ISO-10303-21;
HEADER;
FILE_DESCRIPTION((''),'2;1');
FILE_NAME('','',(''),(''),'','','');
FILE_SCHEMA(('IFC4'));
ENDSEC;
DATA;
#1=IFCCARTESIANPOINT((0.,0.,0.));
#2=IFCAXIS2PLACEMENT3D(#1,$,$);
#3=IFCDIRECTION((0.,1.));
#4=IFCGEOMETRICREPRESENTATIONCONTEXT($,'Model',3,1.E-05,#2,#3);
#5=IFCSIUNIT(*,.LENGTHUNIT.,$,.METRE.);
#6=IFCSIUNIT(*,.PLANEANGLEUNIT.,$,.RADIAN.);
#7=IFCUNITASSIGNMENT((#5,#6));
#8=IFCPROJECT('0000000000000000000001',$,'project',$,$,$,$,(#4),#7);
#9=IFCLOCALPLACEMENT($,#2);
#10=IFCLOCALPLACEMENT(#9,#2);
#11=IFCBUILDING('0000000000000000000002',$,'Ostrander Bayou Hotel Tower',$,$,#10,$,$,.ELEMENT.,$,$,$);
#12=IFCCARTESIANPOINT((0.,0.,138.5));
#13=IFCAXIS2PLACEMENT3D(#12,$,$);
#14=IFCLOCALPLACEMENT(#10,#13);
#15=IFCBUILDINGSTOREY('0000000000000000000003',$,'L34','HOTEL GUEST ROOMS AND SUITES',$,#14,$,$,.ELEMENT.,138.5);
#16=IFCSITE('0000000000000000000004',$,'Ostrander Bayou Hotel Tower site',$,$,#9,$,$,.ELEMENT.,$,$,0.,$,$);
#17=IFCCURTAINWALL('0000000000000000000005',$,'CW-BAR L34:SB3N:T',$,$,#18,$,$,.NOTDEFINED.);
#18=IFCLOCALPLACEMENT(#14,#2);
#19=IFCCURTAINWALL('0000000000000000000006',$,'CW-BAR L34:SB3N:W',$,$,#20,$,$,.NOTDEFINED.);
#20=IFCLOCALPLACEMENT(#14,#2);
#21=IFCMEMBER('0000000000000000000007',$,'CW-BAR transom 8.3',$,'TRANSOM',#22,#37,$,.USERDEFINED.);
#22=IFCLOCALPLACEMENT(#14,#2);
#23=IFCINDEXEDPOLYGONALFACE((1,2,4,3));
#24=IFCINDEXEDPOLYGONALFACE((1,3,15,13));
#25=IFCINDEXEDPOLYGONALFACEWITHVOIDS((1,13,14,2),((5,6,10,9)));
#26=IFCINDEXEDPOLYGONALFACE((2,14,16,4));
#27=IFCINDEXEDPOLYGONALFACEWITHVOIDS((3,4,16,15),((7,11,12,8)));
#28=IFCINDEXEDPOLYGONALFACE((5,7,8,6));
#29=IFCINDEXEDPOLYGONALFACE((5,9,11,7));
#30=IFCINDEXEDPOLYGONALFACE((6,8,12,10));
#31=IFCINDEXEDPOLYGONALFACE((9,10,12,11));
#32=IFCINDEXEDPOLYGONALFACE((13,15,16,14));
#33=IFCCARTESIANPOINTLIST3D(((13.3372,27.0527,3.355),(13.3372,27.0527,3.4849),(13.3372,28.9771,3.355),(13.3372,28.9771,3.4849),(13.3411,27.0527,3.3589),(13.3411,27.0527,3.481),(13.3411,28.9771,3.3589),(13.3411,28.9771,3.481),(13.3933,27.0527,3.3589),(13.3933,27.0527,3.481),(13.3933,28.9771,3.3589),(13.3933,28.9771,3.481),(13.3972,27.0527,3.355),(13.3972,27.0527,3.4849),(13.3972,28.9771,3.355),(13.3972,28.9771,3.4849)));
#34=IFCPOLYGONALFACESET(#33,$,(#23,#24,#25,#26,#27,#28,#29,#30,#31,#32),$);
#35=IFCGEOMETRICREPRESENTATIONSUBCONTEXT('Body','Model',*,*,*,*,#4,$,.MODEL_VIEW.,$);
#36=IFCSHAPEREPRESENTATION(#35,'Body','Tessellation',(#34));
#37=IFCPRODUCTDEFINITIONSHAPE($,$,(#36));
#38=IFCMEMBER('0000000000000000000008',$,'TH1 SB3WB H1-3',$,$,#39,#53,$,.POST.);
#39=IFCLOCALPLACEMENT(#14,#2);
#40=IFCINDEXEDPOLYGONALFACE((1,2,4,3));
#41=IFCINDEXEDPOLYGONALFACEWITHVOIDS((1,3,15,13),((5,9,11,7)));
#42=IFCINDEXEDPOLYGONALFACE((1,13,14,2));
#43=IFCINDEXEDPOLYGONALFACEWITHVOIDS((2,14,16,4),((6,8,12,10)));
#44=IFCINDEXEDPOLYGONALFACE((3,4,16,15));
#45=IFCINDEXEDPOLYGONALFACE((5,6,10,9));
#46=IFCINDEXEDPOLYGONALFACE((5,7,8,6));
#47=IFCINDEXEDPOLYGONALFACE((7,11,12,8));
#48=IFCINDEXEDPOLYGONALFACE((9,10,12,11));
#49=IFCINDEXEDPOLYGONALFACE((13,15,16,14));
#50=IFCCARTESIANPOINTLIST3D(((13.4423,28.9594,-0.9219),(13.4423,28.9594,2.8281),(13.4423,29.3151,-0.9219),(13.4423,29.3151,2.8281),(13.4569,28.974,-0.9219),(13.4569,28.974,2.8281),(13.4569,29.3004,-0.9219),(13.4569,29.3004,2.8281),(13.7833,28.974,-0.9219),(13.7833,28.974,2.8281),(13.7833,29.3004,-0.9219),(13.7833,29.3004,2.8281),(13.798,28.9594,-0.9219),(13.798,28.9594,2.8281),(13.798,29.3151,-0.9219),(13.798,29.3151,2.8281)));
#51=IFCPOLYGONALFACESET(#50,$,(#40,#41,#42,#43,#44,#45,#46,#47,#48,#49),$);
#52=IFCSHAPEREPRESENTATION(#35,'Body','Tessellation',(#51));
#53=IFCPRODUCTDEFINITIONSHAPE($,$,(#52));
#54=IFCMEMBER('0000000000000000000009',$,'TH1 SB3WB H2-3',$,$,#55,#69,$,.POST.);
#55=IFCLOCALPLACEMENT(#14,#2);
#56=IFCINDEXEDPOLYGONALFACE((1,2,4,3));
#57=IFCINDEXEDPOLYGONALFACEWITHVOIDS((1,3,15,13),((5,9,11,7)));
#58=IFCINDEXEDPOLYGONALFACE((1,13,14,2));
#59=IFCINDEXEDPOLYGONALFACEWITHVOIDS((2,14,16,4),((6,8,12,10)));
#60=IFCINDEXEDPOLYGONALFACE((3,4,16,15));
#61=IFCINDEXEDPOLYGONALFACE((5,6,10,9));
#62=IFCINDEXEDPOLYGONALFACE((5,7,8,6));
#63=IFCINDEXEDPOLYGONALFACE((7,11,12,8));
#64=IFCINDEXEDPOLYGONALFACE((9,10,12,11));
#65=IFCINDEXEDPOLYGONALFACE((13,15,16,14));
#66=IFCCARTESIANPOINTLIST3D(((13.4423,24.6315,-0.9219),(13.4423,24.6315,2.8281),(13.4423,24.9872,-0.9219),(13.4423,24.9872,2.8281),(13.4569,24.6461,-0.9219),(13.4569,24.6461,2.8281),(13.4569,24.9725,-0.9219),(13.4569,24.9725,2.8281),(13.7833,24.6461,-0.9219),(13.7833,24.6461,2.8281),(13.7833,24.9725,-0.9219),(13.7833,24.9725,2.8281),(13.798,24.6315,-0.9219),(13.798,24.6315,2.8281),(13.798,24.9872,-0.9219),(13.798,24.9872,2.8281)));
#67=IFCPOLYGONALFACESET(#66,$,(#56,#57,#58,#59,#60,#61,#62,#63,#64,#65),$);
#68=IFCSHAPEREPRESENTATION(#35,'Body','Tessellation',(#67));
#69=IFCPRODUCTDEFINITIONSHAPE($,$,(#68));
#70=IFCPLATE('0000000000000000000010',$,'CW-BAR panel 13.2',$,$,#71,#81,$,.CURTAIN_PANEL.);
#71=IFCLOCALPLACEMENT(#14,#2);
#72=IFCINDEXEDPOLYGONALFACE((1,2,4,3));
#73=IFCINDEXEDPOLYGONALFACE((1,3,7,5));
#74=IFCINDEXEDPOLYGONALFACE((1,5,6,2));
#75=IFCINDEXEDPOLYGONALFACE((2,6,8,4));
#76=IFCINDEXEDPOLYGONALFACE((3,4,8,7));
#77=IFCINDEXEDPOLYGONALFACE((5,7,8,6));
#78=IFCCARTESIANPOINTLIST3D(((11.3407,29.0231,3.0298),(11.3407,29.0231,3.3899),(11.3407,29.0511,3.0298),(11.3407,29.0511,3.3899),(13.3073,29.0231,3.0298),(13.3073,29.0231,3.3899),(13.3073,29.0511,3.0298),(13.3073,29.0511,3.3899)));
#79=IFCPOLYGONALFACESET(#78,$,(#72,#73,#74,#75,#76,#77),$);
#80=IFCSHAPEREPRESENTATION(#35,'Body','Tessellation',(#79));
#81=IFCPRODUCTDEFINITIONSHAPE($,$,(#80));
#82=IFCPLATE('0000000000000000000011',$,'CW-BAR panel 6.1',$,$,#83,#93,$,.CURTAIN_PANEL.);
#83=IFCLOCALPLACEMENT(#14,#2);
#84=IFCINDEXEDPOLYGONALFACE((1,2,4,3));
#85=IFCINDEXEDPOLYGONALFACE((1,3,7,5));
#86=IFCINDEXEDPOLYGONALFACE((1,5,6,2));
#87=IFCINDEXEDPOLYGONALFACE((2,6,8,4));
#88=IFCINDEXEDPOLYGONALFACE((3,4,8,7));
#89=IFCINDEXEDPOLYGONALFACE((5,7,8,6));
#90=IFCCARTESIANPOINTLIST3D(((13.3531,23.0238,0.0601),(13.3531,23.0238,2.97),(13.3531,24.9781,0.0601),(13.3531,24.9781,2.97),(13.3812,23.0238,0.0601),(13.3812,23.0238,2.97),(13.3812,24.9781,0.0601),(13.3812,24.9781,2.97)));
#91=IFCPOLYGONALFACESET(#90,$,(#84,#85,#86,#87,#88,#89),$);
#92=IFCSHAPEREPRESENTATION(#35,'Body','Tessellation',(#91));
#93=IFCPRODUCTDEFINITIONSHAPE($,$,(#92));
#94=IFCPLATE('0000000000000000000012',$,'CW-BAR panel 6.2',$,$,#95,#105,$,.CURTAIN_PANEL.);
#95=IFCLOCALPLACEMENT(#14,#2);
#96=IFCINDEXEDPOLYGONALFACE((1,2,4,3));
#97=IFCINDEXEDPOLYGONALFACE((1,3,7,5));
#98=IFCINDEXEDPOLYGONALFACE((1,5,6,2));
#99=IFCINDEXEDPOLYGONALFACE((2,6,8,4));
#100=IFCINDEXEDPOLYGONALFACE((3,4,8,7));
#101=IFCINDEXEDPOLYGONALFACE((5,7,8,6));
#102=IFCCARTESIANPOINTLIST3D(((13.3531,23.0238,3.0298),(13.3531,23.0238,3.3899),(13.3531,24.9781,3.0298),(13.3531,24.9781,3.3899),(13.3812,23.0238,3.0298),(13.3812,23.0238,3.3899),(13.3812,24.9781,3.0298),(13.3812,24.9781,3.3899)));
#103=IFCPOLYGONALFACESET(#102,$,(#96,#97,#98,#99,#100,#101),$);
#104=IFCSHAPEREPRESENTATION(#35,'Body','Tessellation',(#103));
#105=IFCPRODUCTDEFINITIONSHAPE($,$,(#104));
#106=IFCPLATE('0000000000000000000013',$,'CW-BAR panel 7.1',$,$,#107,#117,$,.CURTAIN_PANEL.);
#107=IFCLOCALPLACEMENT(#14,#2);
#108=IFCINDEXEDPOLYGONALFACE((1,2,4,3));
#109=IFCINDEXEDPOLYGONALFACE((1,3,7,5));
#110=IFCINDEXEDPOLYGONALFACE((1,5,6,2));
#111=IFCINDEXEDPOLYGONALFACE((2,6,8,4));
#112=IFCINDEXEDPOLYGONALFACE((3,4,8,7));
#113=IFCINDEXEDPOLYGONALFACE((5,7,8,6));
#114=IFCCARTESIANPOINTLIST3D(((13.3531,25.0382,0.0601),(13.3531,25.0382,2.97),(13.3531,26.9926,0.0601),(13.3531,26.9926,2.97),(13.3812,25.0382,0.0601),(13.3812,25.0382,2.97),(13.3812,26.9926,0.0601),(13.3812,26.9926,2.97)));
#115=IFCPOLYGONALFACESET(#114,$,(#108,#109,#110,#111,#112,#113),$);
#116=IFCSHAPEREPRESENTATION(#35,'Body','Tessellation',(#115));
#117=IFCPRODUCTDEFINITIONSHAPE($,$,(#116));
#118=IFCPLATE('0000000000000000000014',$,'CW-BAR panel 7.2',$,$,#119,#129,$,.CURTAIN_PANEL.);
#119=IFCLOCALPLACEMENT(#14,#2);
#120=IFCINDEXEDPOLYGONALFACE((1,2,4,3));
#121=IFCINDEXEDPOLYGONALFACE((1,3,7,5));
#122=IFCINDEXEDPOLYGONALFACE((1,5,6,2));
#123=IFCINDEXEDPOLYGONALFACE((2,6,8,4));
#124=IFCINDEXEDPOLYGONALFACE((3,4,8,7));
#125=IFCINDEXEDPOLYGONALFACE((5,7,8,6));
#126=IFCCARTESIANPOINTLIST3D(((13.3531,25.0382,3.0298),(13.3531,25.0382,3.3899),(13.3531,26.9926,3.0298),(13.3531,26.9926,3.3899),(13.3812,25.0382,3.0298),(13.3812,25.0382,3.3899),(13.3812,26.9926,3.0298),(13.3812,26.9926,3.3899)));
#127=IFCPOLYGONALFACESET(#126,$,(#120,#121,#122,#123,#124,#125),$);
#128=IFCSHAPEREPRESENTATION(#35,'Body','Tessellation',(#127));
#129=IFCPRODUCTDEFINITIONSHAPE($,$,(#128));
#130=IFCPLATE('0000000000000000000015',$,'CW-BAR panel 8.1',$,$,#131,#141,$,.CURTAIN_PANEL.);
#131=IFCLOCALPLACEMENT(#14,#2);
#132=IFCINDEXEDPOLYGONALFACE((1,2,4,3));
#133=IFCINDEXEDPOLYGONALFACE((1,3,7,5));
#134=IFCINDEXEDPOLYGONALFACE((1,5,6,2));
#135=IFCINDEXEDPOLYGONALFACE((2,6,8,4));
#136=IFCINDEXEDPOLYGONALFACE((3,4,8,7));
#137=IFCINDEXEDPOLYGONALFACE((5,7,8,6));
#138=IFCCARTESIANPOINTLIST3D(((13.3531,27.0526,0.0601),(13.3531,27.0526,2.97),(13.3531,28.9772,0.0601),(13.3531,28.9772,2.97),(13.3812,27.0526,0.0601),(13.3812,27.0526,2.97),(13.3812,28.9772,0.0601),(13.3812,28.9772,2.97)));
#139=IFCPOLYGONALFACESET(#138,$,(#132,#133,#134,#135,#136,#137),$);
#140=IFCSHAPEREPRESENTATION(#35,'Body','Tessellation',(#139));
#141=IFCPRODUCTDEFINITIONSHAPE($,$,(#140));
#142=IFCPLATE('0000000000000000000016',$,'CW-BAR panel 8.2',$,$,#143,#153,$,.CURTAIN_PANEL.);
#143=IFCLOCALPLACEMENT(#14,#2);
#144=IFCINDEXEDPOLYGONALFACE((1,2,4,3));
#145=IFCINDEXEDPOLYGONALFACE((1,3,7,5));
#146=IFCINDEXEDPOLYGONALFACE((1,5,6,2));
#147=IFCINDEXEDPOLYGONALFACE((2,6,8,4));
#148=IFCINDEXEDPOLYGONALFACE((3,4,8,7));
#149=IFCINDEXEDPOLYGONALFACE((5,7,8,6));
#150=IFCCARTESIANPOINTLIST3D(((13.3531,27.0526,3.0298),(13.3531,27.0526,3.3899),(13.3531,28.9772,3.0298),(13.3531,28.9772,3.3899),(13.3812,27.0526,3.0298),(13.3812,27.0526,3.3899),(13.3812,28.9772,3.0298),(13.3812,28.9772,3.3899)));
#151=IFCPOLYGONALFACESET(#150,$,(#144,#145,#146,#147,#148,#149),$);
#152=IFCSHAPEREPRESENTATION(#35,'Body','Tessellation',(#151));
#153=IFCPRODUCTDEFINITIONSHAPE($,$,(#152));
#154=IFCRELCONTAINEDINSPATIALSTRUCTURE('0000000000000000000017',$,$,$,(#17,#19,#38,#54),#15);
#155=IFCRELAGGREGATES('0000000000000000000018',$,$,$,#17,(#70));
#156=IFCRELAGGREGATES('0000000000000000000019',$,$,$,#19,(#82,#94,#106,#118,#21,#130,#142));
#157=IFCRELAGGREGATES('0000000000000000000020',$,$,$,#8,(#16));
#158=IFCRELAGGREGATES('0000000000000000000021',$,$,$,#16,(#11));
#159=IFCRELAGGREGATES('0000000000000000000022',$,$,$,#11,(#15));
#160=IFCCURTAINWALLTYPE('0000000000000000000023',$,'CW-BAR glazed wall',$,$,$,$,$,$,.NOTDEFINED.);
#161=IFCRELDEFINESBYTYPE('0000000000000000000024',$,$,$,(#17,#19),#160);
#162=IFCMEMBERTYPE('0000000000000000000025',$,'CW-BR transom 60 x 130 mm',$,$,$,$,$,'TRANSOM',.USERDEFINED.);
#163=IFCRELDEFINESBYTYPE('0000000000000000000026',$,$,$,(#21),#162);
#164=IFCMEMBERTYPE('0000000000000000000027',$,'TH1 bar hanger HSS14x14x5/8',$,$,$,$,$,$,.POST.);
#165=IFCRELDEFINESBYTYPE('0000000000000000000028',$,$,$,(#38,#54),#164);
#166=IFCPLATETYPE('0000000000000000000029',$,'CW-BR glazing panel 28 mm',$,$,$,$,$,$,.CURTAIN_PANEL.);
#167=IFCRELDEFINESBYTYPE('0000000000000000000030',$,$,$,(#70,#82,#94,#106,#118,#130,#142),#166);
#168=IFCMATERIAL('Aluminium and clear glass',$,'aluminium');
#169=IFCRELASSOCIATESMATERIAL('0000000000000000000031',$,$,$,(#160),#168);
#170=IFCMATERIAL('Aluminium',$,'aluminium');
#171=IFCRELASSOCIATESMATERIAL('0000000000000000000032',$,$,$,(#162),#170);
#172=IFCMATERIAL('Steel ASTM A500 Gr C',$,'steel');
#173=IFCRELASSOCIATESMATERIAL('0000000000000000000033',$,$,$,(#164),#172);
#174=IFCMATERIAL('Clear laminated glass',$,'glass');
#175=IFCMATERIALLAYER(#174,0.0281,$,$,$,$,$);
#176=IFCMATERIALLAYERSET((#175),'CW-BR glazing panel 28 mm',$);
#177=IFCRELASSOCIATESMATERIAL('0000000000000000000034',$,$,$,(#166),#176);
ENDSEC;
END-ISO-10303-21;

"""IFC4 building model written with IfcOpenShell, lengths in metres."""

from ifc_helpers import new_model, si_unit, direction, frame, origin, origin_2d, place, context, subcontext, project, spatial, rectangle, hollow_rectangle, extrude, material, layer, layer_set, material_profile, profile_set, type_object, element, aggregate, save


model = new_model("IFC4")

# Units and contexts
model_context = context("Model", 3, precision=1e-05, world=origin(), true_north=direction((0.0, 1.0)))
body_context = subcontext(model_context, "Body", "Model", "MODEL_VIEW")
ifc_project = project(units=[si_unit("LENGTHUNIT", "METRE"), si_unit("PLANEANGLEUNIT", "RADIAN")], contexts=[model_context])

# Site, building, storey
site_placement = place(None, origin())
site = spatial("IfcSite", under=ifc_project, at=site_placement, Name="Ostrander Bayou Hotel Tower site", CompositionType="ELEMENT", RefElevation=0.0)
building_placement = place(site_placement, origin())
building = spatial("IfcBuilding", under=site, at=building_placement, Name="Ostrander Bayou Hotel Tower", CompositionType="ELEMENT")
storey_placement = place(building_placement, frame((0.0, 0.0, 138.5)))
storey = spatial("IfcBuildingStorey", under=building, at=storey_placement, Name="L34", Description="HOTEL GUEST ROOMS AND SUITES", CompositionType="ELEMENT", Elevation=138.5)

# Curtain wall
ifc_material_1 = material(Name="Aluminium and clear glass", Category="aluminium")
curtain_wall_type = type_object("IfcCurtainWallType", Name="CW-BAR glazed wall", PredefinedType="NOTDEFINED", material=ifc_material_1)
curtain_wall_1_placement = place(storey_placement, origin())
curtain_wall_1 = element("IfcCurtainWall", 1, at=curtain_wall_1_placement, inside=storey, type_object=curtain_wall_type, Name="CW-BAR L34:SB3N:T", PredefinedType="NOTDEFINED")

# Curtain wall, member
curtain_wall_2_placement = place(storey_placement, origin())
curtain_wall_2 = element("IfcCurtainWall", 2, at=curtain_wall_2_placement, inside=storey, type_object=curtain_wall_type, Name="CW-BAR L34:SB3N:W", PredefinedType="NOTDEFINED")
ifc_material_2 = material(Name="Aluminium", Category="aluminium")
ifc_material_profile_1 = material_profile(ifc_material_2, hollow_rectangle(XDim=0.0601, YDim=0.1299, WallThickness=0.0039, at=origin_2d()))
ifc_profile_set_1 = profile_set([ifc_material_profile_1], Name="Aluminium")
member_type_1 = type_object("IfcMemberType", Name="CW-BR transom 60 x 130 mm", ElementType="TRANSOM", PredefinedType="USERDEFINED", material=ifc_profile_set_1)
member_1_placement = place(storey_placement, frame((13.3672, 27.0527, 3.4199), z_axis=(0.0, 1.0, 0.0), x_axis=(-1.0, 0.0, 0.0)))
member_1 = element("IfcMember", 3, at=member_1_placement, type_object=member_type_1, Name="CW-BAR transom 8.3", ObjectType="TRANSOM", PredefinedType="USERDEFINED", context=body_context, shape_type="SweptSolid", body=[
    extrude(hollow_rectangle(XDim=0.0601, YDim=0.1299, WallThickness=0.0039, at=origin_2d()), origin(), (0.0, 0.0, 1.0), 1.9243),
])

# Members
ifc_material_3 = material(Name="Steel ASTM A500 Gr C", Category="steel")
ifc_material_profile_2 = material_profile(ifc_material_3, hollow_rectangle(XDim=0.3557, YDim=0.3557, WallThickness=0.0146, at=origin_2d()))
ifc_profile_set_2 = profile_set([ifc_material_profile_2], Name="Steel ASTM A500 Gr C")
member_type_2 = type_object("IfcMemberType", Name="TH1 bar hanger HSS14x14x5/8", PredefinedType="POST", material=ifc_profile_set_2)
for number, where, z_axis, x_axis, name in (
    (4, (13.6201, 29.1372, -0.9219), (0.0, 0.0, 1.0), (1.0, 0.0, 0.0), "TH1 SB3WB H1-3"),
    (5, (13.6201, 24.8093, -0.9219), (0.0, 0.0, 1.0), (1.0, 0.0, 0.0), "TH1 SB3WB H2-3"),
):
    element("IfcMember", number, at=place(storey_placement, frame(where, z_axis=z_axis, x_axis=x_axis)), inside=storey, type_object=member_type_2, Name=name, PredefinedType="POST", context=body_context, shape_type="SweptSolid", body=[
        extrude(hollow_rectangle(XDim=0.3557, YDim=0.3557, WallThickness=0.0146, at=origin_2d()), origin(), (0.0, 0.0, 1.0), 3.75),
    ])

# Plates
ifc_material_4 = material(Name="Clear laminated glass", Category="glass")
ifc_layer = layer(ifc_material_4, 0.0281)
ifc_layer_set = layer_set([ifc_layer], Name="CW-BR glazing panel 28 mm")
plate_type = type_object("IfcPlateType", Name="CW-BR glazing panel 28 mm", PredefinedType="CURTAIN_PANEL", material=ifc_layer_set)
plate_1_placement = place(storey_placement, frame((12.324, 29.0371, 3.0298), z_axis=(0.0, 0.0, 1.0), x_axis=(1.0, 0.0, 0.0)))
plate_1 = element("IfcPlate", 6, at=plate_1_placement, type_object=plate_type, Name="CW-BAR panel 13.2", PredefinedType="CURTAIN_PANEL", context=body_context, shape_type="SweptSolid", body=[
    extrude(rectangle(XDim=1.9666, YDim=0.0281, at=origin_2d()), origin(), (0.0, 0.0, 1.0), 0.3601),
])
aggregate(curtain_wall_1, [plate_1])
plate_2_placement = place(storey_placement, frame((13.3672, 24.001, 0.0601), z_axis=(0.0, 0.0, 1.0), x_axis=(0.0, 1.0, 0.0)))
plate_2 = element("IfcPlate", 7, at=plate_2_placement, type_object=plate_type, Name="CW-BAR panel 6.1", PredefinedType="CURTAIN_PANEL", context=body_context, shape_type="SweptSolid", body=[
    extrude(rectangle(XDim=1.9543, YDim=0.0281, at=origin_2d()), origin(), (0.0, 0.0, 1.0), 2.9099),
])
plate_3_placement = place(storey_placement, frame((13.3672, 24.001, 3.0298), z_axis=(0.0, 0.0, 1.0), x_axis=(0.0, 1.0, 0.0)))
plate_3 = element("IfcPlate", 8, at=plate_3_placement, type_object=plate_type, Name="CW-BAR panel 6.2", PredefinedType="CURTAIN_PANEL", context=body_context, shape_type="SweptSolid", body=[
    extrude(rectangle(XDim=1.9543, YDim=0.0281, at=origin_2d()), origin(), (0.0, 0.0, 1.0), 0.3601),
])
plate_4_placement = place(storey_placement, frame((13.3672, 26.0154, 0.0601), z_axis=(0.0, 0.0, 1.0), x_axis=(0.0, 1.0, 0.0)))
plate_4 = element("IfcPlate", 9, at=plate_4_placement, type_object=plate_type, Name="CW-BAR panel 7.1", PredefinedType="CURTAIN_PANEL", context=body_context, shape_type="SweptSolid", body=[
    extrude(rectangle(XDim=1.9543, YDim=0.0281, at=origin_2d()), origin(), (0.0, 0.0, 1.0), 2.9099),
])
plate_5_placement = place(storey_placement, frame((13.3672, 26.0154, 3.0298), z_axis=(0.0, 0.0, 1.0), x_axis=(0.0, 1.0, 0.0)))
plate_5 = element("IfcPlate", 10, at=plate_5_placement, type_object=plate_type, Name="CW-BAR panel 7.2", PredefinedType="CURTAIN_PANEL", context=body_context, shape_type="SweptSolid", body=[
    extrude(rectangle(XDim=1.9543, YDim=0.0281, at=origin_2d()), origin(), (0.0, 0.0, 1.0), 0.3601),
])
plate_6_placement = place(storey_placement, frame((13.3672, 28.0149, 0.0601), z_axis=(0.0, 0.0, 1.0), x_axis=(0.0, 1.0, 0.0)))
plate_6 = element("IfcPlate", 11, at=plate_6_placement, type_object=plate_type, Name="CW-BAR panel 8.1", PredefinedType="CURTAIN_PANEL", context=body_context, shape_type="SweptSolid", body=[
    extrude(rectangle(XDim=1.9246, YDim=0.0281, at=origin_2d()), origin(), (0.0, 0.0, 1.0), 2.9099),
])
plate_7_placement = place(storey_placement, frame((13.3672, 28.0149, 3.0298), z_axis=(0.0, 0.0, 1.0), x_axis=(0.0, 1.0, 0.0)))
plate_7 = element("IfcPlate", 12, at=plate_7_placement, type_object=plate_type, Name="CW-BAR panel 8.2", PredefinedType="CURTAIN_PANEL", context=body_context, shape_type="SweptSolid", body=[
    extrude(rectangle(XDim=1.9246, YDim=0.0281, at=origin_2d()), origin(), (0.0, 0.0, 1.0), 0.3601),
])
aggregate(curtain_wall_2, [plate_2, plate_3, plate_4, plate_5, member_1, plate_6, plate_7])

save(model, "model.ifc")
